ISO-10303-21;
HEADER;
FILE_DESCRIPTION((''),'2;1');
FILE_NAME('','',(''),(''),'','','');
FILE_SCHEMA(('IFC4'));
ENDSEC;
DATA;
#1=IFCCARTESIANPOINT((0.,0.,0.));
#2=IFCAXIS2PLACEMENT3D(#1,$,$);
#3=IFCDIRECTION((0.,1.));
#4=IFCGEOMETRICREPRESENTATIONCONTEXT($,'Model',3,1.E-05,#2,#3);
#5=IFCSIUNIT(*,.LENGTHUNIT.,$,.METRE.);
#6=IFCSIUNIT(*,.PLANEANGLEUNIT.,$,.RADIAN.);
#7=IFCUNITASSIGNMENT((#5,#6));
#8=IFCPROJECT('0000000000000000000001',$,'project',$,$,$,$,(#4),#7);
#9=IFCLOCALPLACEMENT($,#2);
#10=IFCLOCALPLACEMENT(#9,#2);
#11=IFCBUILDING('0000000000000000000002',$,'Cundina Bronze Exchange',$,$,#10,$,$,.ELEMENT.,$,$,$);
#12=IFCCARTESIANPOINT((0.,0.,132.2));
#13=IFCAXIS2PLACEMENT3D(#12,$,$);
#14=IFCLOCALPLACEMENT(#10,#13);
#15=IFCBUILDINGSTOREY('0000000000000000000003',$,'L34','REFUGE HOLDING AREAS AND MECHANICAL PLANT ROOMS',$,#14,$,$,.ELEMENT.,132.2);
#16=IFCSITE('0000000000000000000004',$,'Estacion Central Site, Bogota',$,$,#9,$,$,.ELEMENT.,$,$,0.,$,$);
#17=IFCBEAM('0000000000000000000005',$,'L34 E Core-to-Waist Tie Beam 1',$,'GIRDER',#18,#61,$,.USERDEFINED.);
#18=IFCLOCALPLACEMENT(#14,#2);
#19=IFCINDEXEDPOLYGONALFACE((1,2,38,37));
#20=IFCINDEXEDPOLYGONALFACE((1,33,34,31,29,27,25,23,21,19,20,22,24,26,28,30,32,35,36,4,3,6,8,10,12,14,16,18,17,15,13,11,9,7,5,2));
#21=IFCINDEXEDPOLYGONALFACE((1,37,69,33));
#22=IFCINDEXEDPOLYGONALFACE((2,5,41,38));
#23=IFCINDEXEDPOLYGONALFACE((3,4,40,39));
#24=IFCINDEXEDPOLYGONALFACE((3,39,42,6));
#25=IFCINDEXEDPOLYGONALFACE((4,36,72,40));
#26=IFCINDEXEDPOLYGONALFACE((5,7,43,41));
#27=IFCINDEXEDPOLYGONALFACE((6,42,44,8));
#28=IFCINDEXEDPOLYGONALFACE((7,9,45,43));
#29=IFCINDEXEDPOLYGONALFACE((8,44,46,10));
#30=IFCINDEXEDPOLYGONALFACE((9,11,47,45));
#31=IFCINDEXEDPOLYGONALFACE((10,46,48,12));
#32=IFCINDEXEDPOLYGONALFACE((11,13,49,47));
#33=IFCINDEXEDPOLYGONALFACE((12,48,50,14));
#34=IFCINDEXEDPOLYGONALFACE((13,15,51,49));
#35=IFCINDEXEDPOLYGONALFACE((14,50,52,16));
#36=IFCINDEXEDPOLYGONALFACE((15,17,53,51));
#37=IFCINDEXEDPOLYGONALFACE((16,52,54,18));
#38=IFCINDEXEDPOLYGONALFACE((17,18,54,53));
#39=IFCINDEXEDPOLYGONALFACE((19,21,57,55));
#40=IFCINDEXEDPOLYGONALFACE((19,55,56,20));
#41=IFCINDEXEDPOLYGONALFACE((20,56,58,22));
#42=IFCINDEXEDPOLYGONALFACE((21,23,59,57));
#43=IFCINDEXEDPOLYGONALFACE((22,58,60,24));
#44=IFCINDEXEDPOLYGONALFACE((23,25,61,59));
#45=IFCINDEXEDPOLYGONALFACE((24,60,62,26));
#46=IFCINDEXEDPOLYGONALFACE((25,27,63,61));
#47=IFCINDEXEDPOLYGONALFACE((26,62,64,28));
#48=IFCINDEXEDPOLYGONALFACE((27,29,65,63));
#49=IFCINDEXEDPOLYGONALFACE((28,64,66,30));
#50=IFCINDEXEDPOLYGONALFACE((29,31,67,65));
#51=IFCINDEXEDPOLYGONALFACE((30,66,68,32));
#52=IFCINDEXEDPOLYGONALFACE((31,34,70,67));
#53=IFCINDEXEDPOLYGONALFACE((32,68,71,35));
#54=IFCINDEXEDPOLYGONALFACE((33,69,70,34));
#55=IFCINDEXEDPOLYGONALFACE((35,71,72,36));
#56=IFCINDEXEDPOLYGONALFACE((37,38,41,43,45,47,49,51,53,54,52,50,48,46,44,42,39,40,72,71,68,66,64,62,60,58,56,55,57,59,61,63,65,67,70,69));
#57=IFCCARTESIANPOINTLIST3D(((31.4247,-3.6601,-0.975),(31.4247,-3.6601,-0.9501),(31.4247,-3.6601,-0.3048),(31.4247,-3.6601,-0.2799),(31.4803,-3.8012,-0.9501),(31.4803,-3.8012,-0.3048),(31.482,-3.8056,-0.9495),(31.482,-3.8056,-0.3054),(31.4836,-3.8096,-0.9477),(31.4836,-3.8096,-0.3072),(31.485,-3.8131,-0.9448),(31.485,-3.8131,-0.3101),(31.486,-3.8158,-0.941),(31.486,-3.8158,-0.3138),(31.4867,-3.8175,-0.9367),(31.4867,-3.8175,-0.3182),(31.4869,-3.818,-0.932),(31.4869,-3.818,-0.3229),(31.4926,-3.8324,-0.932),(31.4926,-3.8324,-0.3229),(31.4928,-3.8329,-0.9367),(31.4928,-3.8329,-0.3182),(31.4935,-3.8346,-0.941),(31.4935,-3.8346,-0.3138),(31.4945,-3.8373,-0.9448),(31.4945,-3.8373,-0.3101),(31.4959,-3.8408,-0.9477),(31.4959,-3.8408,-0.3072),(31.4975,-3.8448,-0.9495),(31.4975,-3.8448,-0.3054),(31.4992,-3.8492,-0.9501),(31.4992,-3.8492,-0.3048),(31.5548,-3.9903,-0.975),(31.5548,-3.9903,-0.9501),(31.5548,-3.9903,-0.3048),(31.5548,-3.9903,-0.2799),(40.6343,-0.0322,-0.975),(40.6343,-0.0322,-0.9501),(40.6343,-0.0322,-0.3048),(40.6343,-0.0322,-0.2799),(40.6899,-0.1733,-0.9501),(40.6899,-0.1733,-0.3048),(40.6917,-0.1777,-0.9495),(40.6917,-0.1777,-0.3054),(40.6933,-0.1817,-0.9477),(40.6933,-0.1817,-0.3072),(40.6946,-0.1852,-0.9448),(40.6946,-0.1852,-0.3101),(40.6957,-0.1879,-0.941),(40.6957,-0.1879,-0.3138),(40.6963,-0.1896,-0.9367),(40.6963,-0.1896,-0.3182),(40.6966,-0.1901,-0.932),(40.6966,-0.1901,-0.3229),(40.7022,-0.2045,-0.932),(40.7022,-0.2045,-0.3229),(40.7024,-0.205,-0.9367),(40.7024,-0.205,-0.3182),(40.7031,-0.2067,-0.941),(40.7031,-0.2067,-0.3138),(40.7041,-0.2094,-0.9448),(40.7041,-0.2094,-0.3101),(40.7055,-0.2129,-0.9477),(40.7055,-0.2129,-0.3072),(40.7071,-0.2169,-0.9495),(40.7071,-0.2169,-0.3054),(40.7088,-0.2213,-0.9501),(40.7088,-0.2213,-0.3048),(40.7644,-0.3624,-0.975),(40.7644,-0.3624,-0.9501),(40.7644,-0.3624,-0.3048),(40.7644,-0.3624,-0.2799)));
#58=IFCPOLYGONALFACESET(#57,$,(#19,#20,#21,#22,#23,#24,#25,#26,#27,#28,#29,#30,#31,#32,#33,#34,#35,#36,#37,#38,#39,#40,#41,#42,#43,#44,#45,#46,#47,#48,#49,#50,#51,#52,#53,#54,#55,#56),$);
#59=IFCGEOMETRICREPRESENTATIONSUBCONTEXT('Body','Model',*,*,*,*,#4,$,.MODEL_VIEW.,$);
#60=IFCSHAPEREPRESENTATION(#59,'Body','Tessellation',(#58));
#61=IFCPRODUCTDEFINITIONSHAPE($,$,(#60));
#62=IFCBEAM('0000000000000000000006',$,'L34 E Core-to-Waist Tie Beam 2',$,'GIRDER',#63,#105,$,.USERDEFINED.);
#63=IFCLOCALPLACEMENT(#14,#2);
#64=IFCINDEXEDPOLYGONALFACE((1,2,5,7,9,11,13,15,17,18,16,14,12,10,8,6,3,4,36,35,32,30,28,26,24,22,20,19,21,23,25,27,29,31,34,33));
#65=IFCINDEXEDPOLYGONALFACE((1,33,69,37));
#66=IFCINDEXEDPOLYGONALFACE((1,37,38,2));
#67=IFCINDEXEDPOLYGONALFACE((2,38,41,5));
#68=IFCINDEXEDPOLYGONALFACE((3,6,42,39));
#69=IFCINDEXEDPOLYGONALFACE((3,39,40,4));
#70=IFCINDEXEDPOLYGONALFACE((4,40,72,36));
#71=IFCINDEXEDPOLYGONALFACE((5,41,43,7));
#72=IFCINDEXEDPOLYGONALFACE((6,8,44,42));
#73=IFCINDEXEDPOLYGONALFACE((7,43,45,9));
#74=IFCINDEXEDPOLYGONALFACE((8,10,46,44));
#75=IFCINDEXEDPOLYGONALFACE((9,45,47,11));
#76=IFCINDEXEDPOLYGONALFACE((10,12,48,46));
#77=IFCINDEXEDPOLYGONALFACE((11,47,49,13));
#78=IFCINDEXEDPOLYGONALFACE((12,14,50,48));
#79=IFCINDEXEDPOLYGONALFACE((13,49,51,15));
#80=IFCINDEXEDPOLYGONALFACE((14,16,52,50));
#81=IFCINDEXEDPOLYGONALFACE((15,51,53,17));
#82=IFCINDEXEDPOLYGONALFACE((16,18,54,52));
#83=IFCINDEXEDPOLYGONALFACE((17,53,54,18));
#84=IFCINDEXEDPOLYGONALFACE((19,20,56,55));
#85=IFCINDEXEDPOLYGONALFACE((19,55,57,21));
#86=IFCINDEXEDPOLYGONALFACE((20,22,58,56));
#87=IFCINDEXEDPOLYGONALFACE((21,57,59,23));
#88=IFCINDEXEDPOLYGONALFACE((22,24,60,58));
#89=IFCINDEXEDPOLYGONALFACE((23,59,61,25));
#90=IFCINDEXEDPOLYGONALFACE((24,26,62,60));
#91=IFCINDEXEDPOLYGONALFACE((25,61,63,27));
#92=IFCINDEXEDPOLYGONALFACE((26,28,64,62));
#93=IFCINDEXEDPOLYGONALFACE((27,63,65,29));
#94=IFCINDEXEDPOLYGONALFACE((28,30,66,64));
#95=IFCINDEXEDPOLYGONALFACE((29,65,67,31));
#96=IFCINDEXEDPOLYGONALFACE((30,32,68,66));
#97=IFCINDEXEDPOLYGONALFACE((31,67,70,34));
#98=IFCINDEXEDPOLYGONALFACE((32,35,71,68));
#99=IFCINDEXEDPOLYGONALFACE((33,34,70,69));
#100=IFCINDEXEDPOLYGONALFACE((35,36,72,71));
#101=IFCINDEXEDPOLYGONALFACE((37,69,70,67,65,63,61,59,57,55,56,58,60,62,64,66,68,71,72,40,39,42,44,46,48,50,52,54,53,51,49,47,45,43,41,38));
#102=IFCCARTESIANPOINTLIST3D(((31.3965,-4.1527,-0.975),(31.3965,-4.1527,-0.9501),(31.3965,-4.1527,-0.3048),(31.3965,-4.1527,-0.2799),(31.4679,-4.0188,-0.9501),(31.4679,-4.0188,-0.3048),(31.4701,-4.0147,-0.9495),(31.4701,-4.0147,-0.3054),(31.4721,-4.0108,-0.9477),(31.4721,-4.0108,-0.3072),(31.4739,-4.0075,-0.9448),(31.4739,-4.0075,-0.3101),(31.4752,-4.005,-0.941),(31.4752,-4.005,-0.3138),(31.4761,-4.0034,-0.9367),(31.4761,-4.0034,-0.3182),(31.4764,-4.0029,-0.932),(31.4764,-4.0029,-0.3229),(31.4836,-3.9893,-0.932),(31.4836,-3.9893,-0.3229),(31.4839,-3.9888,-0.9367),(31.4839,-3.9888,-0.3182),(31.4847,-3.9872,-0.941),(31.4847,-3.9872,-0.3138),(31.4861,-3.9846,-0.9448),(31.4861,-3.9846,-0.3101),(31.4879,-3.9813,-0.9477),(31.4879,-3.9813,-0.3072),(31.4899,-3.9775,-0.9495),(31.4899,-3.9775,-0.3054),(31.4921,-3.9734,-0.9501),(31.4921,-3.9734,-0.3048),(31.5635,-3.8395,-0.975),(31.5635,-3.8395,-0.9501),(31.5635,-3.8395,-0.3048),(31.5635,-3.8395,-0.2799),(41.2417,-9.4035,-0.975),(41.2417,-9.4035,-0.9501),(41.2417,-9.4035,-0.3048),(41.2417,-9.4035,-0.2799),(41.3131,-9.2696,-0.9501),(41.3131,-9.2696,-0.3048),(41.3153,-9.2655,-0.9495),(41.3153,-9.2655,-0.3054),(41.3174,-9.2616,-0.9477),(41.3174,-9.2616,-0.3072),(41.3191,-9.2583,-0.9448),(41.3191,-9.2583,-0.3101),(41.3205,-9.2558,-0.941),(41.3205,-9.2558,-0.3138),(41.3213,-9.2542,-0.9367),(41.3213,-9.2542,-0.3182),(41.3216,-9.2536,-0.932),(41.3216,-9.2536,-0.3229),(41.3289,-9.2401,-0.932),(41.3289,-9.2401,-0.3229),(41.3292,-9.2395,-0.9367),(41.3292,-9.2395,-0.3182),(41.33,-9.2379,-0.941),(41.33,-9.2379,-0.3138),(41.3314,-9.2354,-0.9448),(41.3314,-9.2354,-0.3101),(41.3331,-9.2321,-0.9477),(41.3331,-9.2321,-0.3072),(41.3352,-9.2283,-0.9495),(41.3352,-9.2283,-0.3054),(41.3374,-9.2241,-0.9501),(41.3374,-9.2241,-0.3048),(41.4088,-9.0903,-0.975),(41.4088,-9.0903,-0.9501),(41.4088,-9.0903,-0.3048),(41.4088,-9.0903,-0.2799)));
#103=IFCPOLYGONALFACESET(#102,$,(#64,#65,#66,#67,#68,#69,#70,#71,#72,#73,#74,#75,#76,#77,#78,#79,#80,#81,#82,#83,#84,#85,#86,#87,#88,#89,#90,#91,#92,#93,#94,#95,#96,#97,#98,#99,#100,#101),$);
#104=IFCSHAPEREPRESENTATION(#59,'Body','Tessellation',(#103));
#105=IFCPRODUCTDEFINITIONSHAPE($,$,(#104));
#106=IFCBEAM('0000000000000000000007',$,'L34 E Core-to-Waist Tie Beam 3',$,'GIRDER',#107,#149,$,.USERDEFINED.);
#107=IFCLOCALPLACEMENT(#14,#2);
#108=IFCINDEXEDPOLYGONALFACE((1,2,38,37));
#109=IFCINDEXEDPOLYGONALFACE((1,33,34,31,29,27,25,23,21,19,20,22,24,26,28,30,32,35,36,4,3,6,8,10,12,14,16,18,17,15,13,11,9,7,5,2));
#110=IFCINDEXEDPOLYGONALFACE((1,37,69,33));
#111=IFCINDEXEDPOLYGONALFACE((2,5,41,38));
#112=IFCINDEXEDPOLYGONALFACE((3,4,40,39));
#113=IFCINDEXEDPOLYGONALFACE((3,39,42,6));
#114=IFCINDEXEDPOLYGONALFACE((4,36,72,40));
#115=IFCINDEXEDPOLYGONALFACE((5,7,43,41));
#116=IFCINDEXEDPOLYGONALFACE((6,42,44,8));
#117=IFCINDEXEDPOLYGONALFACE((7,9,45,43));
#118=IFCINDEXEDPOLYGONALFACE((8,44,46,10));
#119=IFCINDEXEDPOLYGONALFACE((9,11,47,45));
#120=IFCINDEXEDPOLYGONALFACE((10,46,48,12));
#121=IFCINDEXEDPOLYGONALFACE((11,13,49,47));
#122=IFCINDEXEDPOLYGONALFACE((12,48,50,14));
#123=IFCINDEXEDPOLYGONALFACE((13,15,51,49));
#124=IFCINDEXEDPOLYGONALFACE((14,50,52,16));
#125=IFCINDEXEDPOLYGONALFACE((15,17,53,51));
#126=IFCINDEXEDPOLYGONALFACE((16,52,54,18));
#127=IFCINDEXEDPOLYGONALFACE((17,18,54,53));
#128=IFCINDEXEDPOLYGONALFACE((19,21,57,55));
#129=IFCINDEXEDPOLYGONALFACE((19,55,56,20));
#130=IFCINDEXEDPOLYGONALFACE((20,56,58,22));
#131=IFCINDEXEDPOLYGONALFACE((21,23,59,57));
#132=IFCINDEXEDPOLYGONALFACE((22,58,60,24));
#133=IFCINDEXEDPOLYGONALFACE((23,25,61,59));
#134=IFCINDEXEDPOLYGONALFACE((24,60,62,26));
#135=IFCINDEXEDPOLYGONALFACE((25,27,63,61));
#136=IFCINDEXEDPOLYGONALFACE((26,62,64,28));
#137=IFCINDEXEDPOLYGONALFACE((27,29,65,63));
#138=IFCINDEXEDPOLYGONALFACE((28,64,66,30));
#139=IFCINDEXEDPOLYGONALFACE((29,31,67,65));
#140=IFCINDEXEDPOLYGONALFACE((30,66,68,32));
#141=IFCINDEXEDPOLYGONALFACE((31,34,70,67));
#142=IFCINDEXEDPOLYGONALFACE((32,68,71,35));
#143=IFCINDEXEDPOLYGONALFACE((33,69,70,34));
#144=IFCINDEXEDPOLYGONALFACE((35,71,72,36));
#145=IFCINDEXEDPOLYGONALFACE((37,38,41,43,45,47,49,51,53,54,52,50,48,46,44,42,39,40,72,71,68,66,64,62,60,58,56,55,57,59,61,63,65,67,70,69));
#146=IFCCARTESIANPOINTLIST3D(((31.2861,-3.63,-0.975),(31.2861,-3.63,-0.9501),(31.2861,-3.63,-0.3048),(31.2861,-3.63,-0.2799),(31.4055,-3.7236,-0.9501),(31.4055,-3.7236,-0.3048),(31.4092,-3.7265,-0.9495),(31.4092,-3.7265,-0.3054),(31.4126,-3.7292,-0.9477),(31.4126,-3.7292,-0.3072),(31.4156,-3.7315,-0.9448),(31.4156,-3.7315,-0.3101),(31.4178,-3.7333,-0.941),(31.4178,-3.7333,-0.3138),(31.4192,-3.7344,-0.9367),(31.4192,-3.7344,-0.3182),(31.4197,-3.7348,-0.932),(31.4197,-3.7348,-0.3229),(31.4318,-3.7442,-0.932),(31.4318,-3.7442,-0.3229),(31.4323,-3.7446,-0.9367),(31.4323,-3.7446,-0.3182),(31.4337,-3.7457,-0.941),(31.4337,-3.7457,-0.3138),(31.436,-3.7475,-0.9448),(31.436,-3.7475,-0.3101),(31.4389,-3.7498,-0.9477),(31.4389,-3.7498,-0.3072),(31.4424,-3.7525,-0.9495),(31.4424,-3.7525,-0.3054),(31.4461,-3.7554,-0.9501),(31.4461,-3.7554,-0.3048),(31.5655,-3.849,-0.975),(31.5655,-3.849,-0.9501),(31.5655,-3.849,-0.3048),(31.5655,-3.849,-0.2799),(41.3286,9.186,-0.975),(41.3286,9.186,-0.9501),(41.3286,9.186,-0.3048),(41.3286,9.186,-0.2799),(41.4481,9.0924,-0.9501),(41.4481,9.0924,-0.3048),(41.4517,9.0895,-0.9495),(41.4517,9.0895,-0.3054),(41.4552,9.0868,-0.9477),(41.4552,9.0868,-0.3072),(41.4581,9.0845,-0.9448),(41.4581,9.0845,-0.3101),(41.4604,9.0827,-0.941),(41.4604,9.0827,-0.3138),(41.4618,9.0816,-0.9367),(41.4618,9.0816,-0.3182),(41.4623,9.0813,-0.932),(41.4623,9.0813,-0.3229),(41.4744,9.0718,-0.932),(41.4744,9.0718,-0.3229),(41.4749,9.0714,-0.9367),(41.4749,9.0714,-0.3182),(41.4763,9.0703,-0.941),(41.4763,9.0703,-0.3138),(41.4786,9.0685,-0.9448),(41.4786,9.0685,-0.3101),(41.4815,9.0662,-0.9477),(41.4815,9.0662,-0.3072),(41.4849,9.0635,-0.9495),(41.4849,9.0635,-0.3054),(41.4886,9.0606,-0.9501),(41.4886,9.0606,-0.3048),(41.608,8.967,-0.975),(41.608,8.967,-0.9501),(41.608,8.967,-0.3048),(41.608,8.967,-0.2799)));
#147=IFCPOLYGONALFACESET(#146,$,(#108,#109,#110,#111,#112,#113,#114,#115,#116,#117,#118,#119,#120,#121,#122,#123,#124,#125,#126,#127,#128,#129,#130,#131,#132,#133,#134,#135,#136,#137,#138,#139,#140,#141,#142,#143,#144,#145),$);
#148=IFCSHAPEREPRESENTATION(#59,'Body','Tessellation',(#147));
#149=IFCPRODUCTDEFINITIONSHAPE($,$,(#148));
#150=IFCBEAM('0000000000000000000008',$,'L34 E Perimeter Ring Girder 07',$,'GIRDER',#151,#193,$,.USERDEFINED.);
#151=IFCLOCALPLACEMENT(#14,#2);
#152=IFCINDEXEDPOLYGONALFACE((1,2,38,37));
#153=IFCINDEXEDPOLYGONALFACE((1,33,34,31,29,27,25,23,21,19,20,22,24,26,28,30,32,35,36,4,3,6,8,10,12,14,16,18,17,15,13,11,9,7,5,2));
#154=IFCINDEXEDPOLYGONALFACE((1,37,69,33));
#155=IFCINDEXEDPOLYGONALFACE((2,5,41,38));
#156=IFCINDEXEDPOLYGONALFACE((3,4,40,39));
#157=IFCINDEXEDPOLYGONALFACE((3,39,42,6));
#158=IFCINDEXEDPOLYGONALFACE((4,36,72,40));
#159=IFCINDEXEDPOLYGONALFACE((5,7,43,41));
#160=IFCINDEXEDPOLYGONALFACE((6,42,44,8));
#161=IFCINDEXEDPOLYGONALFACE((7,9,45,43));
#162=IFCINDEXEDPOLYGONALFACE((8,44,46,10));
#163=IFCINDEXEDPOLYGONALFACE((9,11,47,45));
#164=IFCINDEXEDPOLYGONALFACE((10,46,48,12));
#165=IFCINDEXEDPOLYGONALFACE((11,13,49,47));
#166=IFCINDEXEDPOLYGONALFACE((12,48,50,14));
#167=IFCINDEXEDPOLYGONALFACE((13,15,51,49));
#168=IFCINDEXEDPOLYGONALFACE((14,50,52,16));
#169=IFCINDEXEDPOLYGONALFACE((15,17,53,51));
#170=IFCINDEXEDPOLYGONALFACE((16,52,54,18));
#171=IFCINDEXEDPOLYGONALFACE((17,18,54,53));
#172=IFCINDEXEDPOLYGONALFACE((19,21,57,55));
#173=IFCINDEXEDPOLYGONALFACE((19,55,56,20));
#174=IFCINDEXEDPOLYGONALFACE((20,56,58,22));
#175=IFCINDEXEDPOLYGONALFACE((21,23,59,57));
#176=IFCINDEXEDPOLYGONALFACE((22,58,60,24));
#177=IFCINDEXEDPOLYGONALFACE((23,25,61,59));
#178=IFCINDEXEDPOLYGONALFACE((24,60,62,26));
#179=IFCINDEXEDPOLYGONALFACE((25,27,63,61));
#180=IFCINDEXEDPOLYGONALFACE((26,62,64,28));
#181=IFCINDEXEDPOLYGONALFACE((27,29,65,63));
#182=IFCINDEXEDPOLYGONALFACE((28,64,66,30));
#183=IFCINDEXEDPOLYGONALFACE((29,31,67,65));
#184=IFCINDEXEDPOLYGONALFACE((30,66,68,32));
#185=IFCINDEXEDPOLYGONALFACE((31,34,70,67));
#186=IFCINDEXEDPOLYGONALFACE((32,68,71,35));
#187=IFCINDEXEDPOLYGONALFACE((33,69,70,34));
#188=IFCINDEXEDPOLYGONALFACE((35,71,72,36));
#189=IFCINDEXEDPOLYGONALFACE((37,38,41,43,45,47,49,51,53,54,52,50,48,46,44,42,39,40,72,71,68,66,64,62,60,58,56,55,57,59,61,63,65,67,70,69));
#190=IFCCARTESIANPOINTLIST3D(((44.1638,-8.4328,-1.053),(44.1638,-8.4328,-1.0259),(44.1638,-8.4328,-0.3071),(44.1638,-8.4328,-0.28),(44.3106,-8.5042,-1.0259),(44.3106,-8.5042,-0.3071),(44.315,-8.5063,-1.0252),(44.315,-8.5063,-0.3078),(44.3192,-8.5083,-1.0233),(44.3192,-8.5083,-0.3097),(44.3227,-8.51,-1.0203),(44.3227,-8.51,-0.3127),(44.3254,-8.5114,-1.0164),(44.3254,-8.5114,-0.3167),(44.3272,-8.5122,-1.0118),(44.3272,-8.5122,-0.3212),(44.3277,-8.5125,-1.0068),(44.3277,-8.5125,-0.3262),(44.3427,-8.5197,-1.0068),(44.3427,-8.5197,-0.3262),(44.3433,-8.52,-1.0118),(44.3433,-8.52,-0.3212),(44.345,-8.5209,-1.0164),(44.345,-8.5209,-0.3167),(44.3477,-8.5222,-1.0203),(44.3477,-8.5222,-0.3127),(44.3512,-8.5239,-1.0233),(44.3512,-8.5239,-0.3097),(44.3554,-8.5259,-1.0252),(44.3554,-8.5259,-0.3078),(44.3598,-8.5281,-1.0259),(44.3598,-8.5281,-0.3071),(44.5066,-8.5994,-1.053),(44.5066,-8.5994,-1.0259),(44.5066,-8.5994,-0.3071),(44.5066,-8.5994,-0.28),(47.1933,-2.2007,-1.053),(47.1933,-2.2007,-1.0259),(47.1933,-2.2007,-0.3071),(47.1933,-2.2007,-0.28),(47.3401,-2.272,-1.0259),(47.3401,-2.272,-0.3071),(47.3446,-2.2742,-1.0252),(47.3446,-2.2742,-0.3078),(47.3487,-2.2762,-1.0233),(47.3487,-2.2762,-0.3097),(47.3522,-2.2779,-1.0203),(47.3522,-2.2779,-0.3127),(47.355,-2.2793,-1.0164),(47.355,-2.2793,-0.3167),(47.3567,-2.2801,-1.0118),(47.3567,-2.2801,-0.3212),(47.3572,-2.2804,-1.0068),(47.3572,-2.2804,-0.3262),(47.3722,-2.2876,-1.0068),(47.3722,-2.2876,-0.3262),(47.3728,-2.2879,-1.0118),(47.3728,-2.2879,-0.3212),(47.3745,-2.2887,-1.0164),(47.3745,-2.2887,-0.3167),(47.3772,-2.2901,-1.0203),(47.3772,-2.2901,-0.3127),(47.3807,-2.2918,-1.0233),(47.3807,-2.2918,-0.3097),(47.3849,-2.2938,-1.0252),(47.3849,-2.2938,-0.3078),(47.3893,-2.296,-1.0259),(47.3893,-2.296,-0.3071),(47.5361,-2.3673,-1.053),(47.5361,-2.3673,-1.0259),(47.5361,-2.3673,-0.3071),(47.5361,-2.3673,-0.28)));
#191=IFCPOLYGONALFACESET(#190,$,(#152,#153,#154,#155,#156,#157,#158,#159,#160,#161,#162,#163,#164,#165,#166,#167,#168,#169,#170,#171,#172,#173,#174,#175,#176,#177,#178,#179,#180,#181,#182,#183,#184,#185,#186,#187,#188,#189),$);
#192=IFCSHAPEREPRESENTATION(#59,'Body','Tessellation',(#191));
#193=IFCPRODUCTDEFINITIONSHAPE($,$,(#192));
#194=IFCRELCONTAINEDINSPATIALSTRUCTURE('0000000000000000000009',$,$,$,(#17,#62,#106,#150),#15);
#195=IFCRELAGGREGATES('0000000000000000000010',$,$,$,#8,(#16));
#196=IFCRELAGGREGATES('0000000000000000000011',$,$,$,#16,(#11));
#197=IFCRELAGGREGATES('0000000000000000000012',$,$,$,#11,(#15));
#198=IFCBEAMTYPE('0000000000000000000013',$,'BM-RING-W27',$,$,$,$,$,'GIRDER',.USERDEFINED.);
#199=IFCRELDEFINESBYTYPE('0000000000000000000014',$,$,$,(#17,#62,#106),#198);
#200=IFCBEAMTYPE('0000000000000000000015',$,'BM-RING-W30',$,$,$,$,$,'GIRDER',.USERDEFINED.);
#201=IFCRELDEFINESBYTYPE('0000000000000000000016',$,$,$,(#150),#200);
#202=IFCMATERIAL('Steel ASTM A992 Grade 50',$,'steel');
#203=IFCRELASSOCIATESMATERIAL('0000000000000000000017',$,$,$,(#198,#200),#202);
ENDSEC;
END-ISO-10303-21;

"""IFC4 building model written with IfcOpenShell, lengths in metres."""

from ifc_helpers import new_model, si_unit, direction, frame, origin, origin_2d, place, context, subcontext, project, spatial, i_section, extrude, material, material_profile, profile_set, type_object, element, save


model = new_model("IFC4")

# Units and contexts
model_context = context("Model", 3, precision=1e-05, world=origin(), true_north=direction((0.0, 1.0)))
body_context = subcontext(model_context, "Body", "Model", "MODEL_VIEW")
ifc_project = project(units=[si_unit("LENGTHUNIT", "METRE"), si_unit("PLANEANGLEUNIT", "RADIAN")], contexts=[model_context])

# Site, building, storey
site_placement = place(None, origin())
site = spatial("IfcSite", under=ifc_project, at=site_placement, Name="Estacion Central Site, Bogota", CompositionType="ELEMENT", RefElevation=0.0)
building_placement = place(site_placement, origin())
building = spatial("IfcBuilding", under=site, at=building_placement, Name="Cundina Bronze Exchange", CompositionType="ELEMENT")
storey_placement = place(building_placement, frame((0.0, 0.0, 132.2)))
storey = spatial("IfcBuildingStorey", under=building, at=storey_placement, Name="L34", Description="REFUGE HOLDING AREAS AND MECHANICAL PLANT ROOMS", CompositionType="ELEMENT", Elevation=132.2)

# Beams
ifc_material_1 = material(Name="Steel ASTM A992 Grade 50", Category="steel")
ifc_material_profile_1 = material_profile(ifc_material_1, i_section(OverallWidth=0.355, OverallDepth=0.6951, WebThickness=0.0154, FlangeThickness=0.0249, FilletRadius=0.0181, at=origin_2d()), Name="W27X146", Category="steel")
ifc_profile_set_1 = profile_set([ifc_material_profile_1], Name="Steel ASTM A992 Grade 50")
beam_type_1 = type_object("IfcBeamType", Name="BM-RING-W27", ElementType="GIRDER", PredefinedType="USERDEFINED", material=ifc_profile_set_1)
beam_1_placement = place(storey_placement, frame((31.4897, -3.8252, -0.6274), z_axis=(0.930413, 0.366512, 0.0), x_axis=(-0.366512, 0.930413, 0.0)))
element("IfcBeam", 1, at=beam_1_placement, inside=storey, type_object=beam_type_1, Name="L34 E Core-to-Waist Tie Beam 1", ObjectType="GIRDER", PredefinedType="USERDEFINED", context=body_context, shape_type="SweptSolid", body=[
    extrude(i_section(OverallWidth=0.355, OverallDepth=0.6951, WebThickness=0.0154, FlangeThickness=0.0249, FilletRadius=0.0181, at=origin_2d()), origin(), (0.0, 0.0, 1.0), 9.8984),
])
beam_2_placement = place(storey_placement, frame((31.48, -3.9961, -0.6274), z_axis=(0.882355, -0.470585, 0.0), x_axis=(0.470585, 0.882355, 0.0)))
element("IfcBeam", 2, at=beam_2_placement, inside=storey, type_object=beam_type_1, Name="L34 E Core-to-Waist Tie Beam 2", ObjectType="GIRDER", PredefinedType="USERDEFINED", context=body_context, shape_type="SweptSolid", body=[
    extrude(i_section(OverallWidth=0.355, OverallDepth=0.6951, WebThickness=0.0154, FlangeThickness=0.0249, FilletRadius=0.0181, at=origin_2d()), origin(), (0.0, 0.0, 1.0), 11.158),
])
beam_3_placement = place(storey_placement, frame((31.4258, -3.7395, -0.6274), z_axis=(0.616789, 0.787128, 0.0), x_axis=(-0.787128, 0.616789, 0.0)))
element("IfcBeam", 3, at=beam_3_placement, inside=storey, type_object=beam_type_1, Name="L34 E Core-to-Waist Tie Beam 3", ObjectType="GIRDER", PredefinedType="USERDEFINED", context=body_context, shape_type="SweptSolid", body=[
    extrude(i_section(OverallWidth=0.355, OverallDepth=0.6951, WebThickness=0.0154, FlangeThickness=0.0249, FilletRadius=0.0181, at=origin_2d()), origin(), (0.0, 0.0, 1.0), 16.282),
])
ifc_material_profile_2 = material_profile(ifc_material_1, i_section(OverallWidth=0.3811, OverallDepth=0.7729, WebThickness=0.0166, FlangeThickness=0.0271, FilletRadius=0.019, at=origin_2d()), Name="W30X173", Category="steel")
ifc_profile_set_2 = profile_set([ifc_material_profile_2], Name="Steel ASTM A992 Grade 50")
beam_type_2 = type_object("IfcBeamType", Name="BM-RING-W30", ElementType="GIRDER", PredefinedType="USERDEFINED", material=ifc_profile_set_2)
beam_4_placement = place(storey_placement, frame((44.3352, -8.5161, -0.6665), z_axis=(0.437194, 0.899367, 0.0), x_axis=(-0.899367, 0.437194, 0.0)))
element("IfcBeam", 4, at=beam_4_placement, inside=storey, type_object=beam_type_2, Name="L34 E Perimeter Ring Girder 07", ObjectType="GIRDER", PredefinedType="USERDEFINED", context=body_context, shape_type="SweptSolid", body=[
    extrude(i_section(OverallWidth=0.3811, OverallDepth=0.7729, WebThickness=0.0166, FlangeThickness=0.0271, FilletRadius=0.019, at=origin_2d()), origin(), (0.0, 0.0, 1.0), 6.9294),
])

save(model, "model.ifc")
